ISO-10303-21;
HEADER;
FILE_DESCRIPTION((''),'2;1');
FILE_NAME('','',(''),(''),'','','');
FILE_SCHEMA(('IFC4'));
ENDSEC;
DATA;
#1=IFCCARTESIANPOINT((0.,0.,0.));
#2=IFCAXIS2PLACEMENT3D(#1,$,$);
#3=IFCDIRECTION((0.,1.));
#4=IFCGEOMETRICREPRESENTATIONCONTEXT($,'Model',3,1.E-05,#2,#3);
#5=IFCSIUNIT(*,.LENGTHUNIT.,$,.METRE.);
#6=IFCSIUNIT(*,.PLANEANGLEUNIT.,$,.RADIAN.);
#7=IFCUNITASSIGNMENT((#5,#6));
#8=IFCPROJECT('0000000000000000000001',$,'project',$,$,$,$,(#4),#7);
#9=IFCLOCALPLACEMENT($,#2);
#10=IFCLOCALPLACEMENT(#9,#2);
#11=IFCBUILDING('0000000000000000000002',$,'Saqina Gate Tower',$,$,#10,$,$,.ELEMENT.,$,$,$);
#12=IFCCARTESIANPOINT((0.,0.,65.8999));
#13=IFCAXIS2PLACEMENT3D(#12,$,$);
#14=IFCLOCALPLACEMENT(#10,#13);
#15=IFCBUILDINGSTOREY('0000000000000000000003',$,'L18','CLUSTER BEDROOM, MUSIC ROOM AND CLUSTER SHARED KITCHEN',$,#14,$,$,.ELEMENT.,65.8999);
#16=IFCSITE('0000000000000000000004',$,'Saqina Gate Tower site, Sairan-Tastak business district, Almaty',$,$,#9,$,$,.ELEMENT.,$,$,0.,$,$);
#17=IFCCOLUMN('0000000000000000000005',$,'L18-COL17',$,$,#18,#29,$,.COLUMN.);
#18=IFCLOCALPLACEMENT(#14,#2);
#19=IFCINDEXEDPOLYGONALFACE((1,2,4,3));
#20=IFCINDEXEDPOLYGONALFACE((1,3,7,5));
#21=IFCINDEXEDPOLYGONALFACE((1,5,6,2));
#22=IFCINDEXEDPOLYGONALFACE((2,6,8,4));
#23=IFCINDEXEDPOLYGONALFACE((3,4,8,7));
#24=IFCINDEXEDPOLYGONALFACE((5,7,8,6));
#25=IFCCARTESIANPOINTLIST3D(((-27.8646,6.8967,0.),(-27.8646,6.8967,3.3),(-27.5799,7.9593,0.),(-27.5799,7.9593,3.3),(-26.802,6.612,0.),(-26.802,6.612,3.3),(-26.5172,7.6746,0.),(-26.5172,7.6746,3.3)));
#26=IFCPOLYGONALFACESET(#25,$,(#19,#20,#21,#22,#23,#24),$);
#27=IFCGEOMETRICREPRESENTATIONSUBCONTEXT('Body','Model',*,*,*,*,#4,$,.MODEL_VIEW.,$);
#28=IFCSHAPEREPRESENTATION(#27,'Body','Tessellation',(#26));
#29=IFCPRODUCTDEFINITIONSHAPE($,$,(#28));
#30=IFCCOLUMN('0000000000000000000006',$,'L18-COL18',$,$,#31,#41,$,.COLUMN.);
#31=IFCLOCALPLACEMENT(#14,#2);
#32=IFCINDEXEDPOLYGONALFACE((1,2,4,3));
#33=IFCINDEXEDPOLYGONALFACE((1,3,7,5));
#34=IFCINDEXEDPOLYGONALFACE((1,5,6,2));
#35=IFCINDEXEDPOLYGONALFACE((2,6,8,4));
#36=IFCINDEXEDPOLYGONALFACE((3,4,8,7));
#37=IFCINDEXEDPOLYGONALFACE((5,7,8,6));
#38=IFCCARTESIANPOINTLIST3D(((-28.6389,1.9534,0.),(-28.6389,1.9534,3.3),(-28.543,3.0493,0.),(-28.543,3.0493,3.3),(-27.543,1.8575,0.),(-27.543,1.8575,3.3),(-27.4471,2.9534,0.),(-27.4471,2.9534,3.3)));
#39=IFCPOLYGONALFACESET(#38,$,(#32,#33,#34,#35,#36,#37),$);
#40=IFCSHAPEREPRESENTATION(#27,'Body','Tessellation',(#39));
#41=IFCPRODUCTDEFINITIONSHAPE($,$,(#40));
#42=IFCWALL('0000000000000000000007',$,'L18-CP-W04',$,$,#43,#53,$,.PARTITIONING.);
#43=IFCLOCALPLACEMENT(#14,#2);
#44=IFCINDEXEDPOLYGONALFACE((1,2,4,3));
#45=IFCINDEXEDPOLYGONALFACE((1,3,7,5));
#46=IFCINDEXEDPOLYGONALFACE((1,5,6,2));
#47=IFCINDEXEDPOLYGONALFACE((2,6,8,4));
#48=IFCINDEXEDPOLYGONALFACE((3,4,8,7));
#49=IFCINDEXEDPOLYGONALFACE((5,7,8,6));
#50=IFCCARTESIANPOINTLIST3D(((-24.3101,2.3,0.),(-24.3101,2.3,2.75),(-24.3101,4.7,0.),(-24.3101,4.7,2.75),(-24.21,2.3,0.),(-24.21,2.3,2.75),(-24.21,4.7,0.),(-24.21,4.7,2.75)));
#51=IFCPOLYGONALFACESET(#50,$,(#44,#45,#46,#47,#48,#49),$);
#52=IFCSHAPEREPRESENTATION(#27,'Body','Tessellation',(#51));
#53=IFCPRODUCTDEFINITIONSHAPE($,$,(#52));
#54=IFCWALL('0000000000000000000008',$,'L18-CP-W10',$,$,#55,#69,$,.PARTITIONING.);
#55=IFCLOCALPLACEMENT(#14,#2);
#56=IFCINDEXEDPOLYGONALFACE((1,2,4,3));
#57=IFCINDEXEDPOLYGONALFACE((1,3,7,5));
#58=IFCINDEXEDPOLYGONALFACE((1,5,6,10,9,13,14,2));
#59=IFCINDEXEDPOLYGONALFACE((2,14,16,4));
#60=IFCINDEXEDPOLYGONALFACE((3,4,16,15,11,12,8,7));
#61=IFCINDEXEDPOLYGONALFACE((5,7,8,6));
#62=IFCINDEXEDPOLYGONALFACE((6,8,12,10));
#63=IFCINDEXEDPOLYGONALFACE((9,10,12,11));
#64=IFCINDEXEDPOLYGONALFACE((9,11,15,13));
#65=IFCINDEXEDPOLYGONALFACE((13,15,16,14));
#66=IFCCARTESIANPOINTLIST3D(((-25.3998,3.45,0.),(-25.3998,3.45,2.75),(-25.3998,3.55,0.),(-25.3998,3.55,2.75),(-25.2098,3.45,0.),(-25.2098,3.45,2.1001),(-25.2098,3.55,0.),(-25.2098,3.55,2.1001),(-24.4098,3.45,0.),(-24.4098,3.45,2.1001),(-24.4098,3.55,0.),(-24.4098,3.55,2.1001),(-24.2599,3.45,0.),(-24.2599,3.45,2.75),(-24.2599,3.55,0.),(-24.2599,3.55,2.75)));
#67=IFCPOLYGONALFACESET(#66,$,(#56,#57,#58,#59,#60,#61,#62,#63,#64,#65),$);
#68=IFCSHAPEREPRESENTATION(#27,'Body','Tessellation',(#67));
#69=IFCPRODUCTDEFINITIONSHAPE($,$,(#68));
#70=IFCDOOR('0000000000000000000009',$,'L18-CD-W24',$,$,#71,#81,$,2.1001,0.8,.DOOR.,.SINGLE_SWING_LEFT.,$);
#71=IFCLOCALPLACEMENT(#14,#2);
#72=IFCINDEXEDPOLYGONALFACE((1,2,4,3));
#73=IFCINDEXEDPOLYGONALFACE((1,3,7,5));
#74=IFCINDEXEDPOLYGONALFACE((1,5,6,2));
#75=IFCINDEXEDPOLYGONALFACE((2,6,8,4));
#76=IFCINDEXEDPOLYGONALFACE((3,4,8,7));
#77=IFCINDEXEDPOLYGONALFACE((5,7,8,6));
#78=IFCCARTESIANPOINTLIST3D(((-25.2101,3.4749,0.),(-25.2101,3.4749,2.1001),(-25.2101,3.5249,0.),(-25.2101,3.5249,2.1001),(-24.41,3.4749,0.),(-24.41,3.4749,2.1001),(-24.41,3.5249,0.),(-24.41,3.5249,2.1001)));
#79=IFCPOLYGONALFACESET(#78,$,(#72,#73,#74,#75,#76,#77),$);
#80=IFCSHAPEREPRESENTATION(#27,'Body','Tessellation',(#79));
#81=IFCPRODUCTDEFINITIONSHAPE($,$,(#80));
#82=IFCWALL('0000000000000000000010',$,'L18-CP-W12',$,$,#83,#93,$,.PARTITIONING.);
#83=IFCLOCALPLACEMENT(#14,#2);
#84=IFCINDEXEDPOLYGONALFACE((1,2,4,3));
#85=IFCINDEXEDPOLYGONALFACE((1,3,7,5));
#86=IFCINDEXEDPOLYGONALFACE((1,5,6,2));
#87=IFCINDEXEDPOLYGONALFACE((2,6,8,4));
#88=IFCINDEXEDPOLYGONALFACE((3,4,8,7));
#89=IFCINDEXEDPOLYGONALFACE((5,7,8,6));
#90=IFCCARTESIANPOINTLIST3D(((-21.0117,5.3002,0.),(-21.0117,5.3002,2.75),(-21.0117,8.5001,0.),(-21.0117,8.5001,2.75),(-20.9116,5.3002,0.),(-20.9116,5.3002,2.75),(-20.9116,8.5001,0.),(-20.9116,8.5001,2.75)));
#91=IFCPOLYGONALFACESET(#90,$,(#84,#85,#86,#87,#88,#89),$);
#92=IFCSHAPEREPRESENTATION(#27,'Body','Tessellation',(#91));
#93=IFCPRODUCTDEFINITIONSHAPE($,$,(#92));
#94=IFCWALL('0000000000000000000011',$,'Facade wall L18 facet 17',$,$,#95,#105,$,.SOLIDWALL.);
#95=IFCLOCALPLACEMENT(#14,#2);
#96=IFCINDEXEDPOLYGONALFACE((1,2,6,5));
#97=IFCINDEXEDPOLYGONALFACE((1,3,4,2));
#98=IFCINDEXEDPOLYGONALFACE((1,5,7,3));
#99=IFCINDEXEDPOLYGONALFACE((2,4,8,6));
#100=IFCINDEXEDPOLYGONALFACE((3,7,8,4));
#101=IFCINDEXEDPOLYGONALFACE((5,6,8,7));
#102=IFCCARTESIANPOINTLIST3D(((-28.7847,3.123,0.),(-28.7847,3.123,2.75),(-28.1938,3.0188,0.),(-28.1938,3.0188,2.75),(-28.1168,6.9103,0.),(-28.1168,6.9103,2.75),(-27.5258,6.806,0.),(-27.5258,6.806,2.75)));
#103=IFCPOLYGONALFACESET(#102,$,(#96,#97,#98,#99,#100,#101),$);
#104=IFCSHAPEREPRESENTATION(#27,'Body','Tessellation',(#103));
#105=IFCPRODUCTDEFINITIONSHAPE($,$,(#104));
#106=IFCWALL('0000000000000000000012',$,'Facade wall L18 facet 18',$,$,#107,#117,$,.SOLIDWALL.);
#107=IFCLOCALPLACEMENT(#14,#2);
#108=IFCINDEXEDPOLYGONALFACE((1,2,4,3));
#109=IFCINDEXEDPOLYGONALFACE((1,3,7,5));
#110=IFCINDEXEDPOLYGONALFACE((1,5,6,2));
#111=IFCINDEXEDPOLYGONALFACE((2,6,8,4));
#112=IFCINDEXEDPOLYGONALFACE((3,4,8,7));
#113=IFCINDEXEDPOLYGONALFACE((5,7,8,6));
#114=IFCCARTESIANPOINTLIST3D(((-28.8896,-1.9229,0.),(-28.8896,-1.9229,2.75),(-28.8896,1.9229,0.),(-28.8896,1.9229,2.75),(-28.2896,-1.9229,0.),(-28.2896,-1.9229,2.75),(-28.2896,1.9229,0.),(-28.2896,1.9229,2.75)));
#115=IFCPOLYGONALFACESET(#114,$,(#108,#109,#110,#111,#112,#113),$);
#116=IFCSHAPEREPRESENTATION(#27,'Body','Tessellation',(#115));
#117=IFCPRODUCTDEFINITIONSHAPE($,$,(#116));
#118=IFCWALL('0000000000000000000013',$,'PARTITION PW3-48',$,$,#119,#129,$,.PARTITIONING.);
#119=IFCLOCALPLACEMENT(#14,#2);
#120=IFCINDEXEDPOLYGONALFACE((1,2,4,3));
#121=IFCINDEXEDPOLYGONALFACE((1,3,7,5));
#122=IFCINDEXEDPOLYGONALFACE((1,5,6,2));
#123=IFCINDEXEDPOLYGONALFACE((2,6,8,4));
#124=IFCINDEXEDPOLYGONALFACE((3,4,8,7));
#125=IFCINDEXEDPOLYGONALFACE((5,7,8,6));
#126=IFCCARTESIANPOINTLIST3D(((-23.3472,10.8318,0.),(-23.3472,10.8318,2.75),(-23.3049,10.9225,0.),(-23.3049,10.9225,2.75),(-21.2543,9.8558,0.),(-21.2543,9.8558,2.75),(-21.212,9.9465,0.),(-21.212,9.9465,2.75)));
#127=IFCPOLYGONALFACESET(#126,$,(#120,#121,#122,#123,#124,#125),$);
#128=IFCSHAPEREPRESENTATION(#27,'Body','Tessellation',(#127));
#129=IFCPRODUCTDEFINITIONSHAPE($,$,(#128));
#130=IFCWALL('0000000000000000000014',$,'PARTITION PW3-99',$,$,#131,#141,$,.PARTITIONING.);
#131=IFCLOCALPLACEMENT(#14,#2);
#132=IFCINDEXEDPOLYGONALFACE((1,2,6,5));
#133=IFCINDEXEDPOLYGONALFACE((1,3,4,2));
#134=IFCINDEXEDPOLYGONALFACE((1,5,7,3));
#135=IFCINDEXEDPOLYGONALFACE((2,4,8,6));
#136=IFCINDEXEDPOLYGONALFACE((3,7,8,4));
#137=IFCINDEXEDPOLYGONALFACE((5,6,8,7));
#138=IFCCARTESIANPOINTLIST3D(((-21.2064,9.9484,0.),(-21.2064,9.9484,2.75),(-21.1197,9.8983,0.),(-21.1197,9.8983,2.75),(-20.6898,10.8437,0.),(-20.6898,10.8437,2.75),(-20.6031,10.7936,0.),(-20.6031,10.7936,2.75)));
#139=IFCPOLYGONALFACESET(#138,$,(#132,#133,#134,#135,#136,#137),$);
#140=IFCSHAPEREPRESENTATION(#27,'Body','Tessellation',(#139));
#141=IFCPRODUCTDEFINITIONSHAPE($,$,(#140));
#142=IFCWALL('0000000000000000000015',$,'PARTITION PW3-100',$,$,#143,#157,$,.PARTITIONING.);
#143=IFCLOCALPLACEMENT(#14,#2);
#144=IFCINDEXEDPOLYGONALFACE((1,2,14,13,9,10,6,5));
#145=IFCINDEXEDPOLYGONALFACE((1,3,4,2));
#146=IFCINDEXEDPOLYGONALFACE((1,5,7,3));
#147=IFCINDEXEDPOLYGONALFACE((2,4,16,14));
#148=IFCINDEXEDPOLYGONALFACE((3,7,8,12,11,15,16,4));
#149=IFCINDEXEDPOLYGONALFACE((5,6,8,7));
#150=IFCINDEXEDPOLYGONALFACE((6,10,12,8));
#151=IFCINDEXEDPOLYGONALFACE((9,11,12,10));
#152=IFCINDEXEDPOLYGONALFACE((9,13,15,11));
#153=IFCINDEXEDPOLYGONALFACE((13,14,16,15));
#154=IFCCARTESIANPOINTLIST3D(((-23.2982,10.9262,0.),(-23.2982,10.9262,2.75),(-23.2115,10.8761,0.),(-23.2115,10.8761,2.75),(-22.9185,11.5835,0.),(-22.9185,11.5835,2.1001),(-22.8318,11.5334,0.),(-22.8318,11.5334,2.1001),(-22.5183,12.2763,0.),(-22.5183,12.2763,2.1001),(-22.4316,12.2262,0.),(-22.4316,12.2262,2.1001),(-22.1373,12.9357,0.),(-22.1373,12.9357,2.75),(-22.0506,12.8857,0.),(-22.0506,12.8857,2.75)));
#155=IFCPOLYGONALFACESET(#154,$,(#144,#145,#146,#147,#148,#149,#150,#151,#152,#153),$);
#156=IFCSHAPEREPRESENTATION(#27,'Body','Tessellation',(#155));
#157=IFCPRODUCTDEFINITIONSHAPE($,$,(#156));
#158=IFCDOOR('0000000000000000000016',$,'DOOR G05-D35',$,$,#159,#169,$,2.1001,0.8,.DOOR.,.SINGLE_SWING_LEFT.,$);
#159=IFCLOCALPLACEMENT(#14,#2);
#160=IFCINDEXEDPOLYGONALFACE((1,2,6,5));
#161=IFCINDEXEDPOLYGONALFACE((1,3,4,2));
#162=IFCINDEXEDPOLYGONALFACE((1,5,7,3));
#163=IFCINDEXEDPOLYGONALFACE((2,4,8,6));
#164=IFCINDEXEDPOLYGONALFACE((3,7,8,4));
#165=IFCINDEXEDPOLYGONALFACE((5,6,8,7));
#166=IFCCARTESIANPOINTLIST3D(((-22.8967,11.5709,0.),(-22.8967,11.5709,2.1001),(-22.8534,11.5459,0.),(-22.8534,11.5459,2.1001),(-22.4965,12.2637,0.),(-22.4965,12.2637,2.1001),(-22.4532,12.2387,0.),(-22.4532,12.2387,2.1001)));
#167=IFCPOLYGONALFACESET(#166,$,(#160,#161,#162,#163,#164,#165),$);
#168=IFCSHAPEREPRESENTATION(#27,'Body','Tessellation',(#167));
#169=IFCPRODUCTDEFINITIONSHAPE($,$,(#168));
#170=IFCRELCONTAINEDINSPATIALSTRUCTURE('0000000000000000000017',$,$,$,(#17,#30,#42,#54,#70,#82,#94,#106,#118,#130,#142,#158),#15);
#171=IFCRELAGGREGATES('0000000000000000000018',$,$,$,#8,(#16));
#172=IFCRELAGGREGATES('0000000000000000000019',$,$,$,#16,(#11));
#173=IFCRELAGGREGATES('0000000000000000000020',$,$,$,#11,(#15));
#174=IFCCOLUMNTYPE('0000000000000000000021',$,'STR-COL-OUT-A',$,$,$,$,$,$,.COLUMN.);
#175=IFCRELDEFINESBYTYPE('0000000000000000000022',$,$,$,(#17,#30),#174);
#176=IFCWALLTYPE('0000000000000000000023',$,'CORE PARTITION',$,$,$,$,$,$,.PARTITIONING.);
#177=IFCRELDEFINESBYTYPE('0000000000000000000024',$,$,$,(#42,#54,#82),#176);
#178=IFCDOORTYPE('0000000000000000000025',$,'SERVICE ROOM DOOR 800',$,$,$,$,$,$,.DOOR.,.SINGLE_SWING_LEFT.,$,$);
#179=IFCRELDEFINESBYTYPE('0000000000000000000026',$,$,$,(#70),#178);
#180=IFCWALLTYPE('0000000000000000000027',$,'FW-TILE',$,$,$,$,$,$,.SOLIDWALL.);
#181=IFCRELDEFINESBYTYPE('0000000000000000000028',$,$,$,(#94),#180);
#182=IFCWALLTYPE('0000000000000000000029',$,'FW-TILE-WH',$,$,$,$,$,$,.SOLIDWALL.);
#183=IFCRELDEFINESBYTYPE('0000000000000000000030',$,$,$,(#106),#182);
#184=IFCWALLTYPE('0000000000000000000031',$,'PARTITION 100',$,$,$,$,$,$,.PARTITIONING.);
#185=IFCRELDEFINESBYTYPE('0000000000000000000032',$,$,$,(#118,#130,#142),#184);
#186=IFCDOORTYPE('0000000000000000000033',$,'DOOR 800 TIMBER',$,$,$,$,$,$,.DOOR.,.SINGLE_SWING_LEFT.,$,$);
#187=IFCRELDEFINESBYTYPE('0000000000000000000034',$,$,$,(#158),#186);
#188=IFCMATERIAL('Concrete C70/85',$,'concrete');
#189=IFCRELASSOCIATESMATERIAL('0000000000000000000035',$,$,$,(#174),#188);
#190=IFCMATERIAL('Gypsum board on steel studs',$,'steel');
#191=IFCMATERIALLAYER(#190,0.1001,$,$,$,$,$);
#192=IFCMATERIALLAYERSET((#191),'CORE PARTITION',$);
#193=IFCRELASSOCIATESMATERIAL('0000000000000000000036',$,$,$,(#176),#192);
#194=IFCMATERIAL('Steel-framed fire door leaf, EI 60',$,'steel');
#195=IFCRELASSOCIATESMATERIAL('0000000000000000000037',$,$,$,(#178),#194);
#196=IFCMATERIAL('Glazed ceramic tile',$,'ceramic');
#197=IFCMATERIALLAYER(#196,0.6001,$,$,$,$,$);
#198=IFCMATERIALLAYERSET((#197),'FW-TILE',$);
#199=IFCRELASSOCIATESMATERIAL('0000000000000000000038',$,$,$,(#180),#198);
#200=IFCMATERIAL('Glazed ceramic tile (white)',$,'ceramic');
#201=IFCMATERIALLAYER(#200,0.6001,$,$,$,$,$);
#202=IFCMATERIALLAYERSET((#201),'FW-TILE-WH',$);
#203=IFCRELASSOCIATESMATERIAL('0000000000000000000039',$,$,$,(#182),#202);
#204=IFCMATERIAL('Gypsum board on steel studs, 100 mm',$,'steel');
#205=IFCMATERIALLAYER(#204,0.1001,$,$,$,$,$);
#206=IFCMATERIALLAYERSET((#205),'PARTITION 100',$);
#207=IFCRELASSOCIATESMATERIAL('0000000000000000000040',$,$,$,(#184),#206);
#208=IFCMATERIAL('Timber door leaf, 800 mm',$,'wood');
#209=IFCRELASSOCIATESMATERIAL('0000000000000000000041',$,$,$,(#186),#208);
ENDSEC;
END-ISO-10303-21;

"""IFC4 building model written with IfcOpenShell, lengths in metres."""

from ifc_helpers import new_model, si_unit, direction, frame, frame_2d, origin, origin_2d, place, context, subcontext, project, spatial, rectangle, extrude, material, layer, layer_set, material_profile, profile_set, type_object, element, fill, save


model = new_model("IFC4")

# Units and contexts
model_context = context("Model", 3, precision=1e-05, world=origin(), true_north=direction((0.0, 1.0)))
body_context = subcontext(model_context, "Body", "Model", "MODEL_VIEW")
ifc_project = project(units=[si_unit("LENGTHUNIT", "METRE"), si_unit("PLANEANGLEUNIT", "RADIAN")], contexts=[model_context])

# Site, building, storey
site_placement = place(None, origin())
site = spatial("IfcSite", under=ifc_project, at=site_placement, Name="Saqina Gate Tower site, Sairan-Tastak business district, Almaty", CompositionType="ELEMENT", RefElevation=0.0)
building_placement = place(site_placement, origin())
building = spatial("IfcBuilding", under=site, at=building_placement, Name="Saqina Gate Tower", CompositionType="ELEMENT")
storey_placement = place(building_placement, frame((0.0, 0.0, 65.8999)))
storey = spatial("IfcBuildingStorey", under=building, at=storey_placement, Name="L18", Description="CLUSTER BEDROOM, MUSIC ROOM AND CLUSTER SHARED KITCHEN", CompositionType="ELEMENT", Elevation=65.8999)

# Columns
ifc_material_1 = material(Name="Concrete C70/85", Category="concrete")
ifc_material_profile = material_profile(ifc_material_1, rectangle(XDim=1.1001, YDim=1.1001, at=origin_2d()), Name="RC 1100x1100")
ifc_profile_set = profile_set([ifc_material_profile], Name="Concrete C70/85")
column_type = type_object("IfcColumnType", Name="STR-COL-OUT-A", PredefinedType="COLUMN", material=ifc_profile_set)
for number, where, z_axis, x_axis, name in (
    (1, (-27.1909, 7.2856, 0.0), (0.0, 0.0, 1.0), (-0.965926, 0.258819, 0.0), "L18-COL17"),
    (2, (-28.043, 2.4534, 0.0), (0.0, 0.0, 1.0), (-0.996195, 0.087156, 0.0), "L18-COL18"),
):
    element("IfcColumn", number, at=place(storey_placement, frame(where, z_axis=z_axis, x_axis=x_axis)), inside=storey, type_object=column_type, Name=name, PredefinedType="COLUMN", context=body_context, shape_type="SweptSolid", body=[
        extrude(rectangle(XDim=1.1001, YDim=1.1001, at=origin_2d()), origin(), (0.0, 0.0, 1.0), 3.3),
    ])

# Wall
ifc_material_2 = material(Name="Gypsum board on steel studs", Category="steel")
ifc_layer_1 = layer(ifc_material_2, 0.1001)
ifc_layer_set_1 = layer_set([ifc_layer_1], Name="CORE PARTITION")
wall_type_1 = type_object("IfcWallType", Name="CORE PARTITION", PredefinedType="PARTITIONING", material=ifc_layer_set_1)
wall_1_placement = place(storey_placement, frame((-24.26, 2.3, 0.0), z_axis=(0.0, 0.0, 1.0), x_axis=(0.0, 1.0, 0.0)))
element("IfcWall", 3, at=wall_1_placement, inside=storey, type_object=wall_type_1, Name="L18-CP-W04", PredefinedType="PARTITIONING", context=body_context, shape_type="SweptSolid", body=[
    extrude(rectangle(XDim=2.3999, YDim=0.1001, at=frame_2d((1.2, 0.0))), origin(), (0.0, 0.0, 1.0), 2.75),
])

# Wall, opening, door
wall_2_placement = place(storey_placement, frame((-24.26, 3.5, 0.0), z_axis=(0.0, 0.0, 1.0), x_axis=(-1.0, 0.0, 0.0)))
wall_2 = element("IfcWall", 4, at=wall_2_placement, inside=storey, type_object=wall_type_1, Name="L18-CP-W10", PredefinedType="PARTITIONING", context=body_context, shape_type="SweptSolid", body=[
    extrude(rectangle(XDim=1.1399, YDim=0.1001, at=frame_2d((0.5698, 0.0))), origin(), (0.0, 0.0, 1.0), 2.75),
])
opening_1_placement = place(wall_2_placement, frame((0.1499, 0.0, 0.0)))
opening_1 = element("IfcOpeningElement", 5, at=opening_1_placement, cuts=wall_2, PredefinedType="OPENING", context=body_context, shape_type="SweptSolid", body=[
    extrude(rectangle(XDim=0.8, YDim=2.1001, at=frame_2d((0.3999, 1.05))), frame((0.0, 0.062, 0.0), z_axis=(0.0, -1.0, 0.0), x_axis=(1.0, 0.0, 0.0)), (0.0, 0.0, 1.0), 0.124),
])
ifc_material_3 = material(Name="Steel-framed fire door leaf, EI 60", Category="steel")
door_type_1 = type_object("IfcDoorType", Name="SERVICE ROOM DOOR 800", OperationType="SINGLE_SWING_LEFT", PredefinedType="DOOR", material=ifc_material_3)
door_1_placement = place(opening_1_placement, frame((0.8, 0.0, 0.0), z_axis=(0.0, 0.0, 1.0), x_axis=(-1.0, 0.0, 0.0)))
door_1 = element("IfcDoor", 6, at=door_1_placement, inside=storey, type_object=door_type_1, Name="L18-CD-W24", OperationType="SINGLE_SWING_LEFT", OverallHeight=2.1001, OverallWidth=0.8, PredefinedType="DOOR", context=body_context, shape_type="SweptSolid", body=[
    extrude(rectangle(XDim=0.8, YDim=2.1001, at=frame_2d((0.3999, 1.05))), frame((0.0, 0.0249, 0.0), z_axis=(0.0, -1.0, 0.0), x_axis=(1.0, 0.0, 0.0)), (0.0, 0.0, 1.0), 0.05),
])
fill(opening_1, door_1)

# Walls
wall_3_placement = place(storey_placement, frame((-20.9617, 5.3, 0.0), z_axis=(0.0, 0.0, 1.0), x_axis=(0.0, 1.0, 0.0)))
element("IfcWall", 7, at=wall_3_placement, inside=storey, type_object=wall_type_1, Name="L18-CP-W12", PredefinedType="PARTITIONING", context=body_context, shape_type="SweptSolid", body=[
    extrude(rectangle(XDim=3.2, YDim=0.1001, at=frame_2d((1.6001, 0.0))), origin(), (0.0, 0.0, 1.0), 2.75),
])
ifc_material_4 = material(Name="Glazed ceramic tile", Category="ceramic")
ifc_layer_2 = layer(ifc_material_4, 0.6001)
ifc_layer_set_2 = layer_set([ifc_layer_2], Name="FW-TILE")
wall_type_2 = type_object("IfcWallType", Name="FW-TILE", PredefinedType="SOLIDWALL", material=ifc_layer_set_2)
wall_4_placement = place(storey_placement, frame((-27.8213, 6.8582, 0.0), z_axis=(0.0, 0.0, 1.0), x_axis=(-0.173688, -0.984801, 0.0)))
element("IfcWall", 8, at=wall_4_placement, inside=storey, type_object=wall_type_2, Name="Facade wall L18 facet 17", PredefinedType="SOLIDWALL", context=body_context, shape_type="SweptSolid", body=[
    extrude(rectangle(XDim=3.8457, YDim=0.6001, at=frame_2d((1.9229, 0.0))), origin(), (0.0, 0.0, 1.0), 2.75),
])
ifc_material_5 = material(Name="Glazed ceramic tile (white)", Category="ceramic")
ifc_layer_3 = layer(ifc_material_5, 0.6001)
ifc_layer_set_3 = layer_set([ifc_layer_3], Name="FW-TILE-WH")
wall_type_3 = type_object("IfcWallType", Name="FW-TILE-WH", PredefinedType="SOLIDWALL", material=ifc_layer_set_3)
wall_5_placement = place(storey_placement, frame((-28.5896, 1.9229, 0.0), z_axis=(0.0, 0.0, 1.0), x_axis=(0.0, -1.0, 0.0)))
element("IfcWall", 9, at=wall_5_placement, inside=storey, type_object=wall_type_3, Name="Facade wall L18 facet 18", PredefinedType="SOLIDWALL", context=body_context, shape_type="SweptSolid", body=[
    extrude(rectangle(XDim=3.8457, YDim=0.6001, at=frame_2d((1.9229, 0.0))), origin(), (0.0, 0.0, 1.0), 2.75),
])
ifc_material_6 = material(Name="Gypsum board on steel studs, 100 mm", Category="steel")
ifc_layer_4 = layer(ifc_material_6, 0.1001)
ifc_layer_set_4 = layer_set([ifc_layer_4], Name="PARTITION 100")
wall_type_4 = type_object("IfcWallType", Name="PARTITION 100", PredefinedType="PARTITIONING", material=ifc_layer_set_4)
wall_6_placement = place(storey_placement, frame((-23.3262, 10.8772, 0.0), z_axis=(0.0, 0.0, 1.0), x_axis=(0.906294, -0.422648, 0.0)))
element("IfcWall", 10, at=wall_6_placement, inside=storey, type_object=wall_type_4, Name="PARTITION PW3-48", PredefinedType="PARTITIONING", context=body_context, shape_type="SweptSolid", body=[
    extrude(rectangle(XDim=2.3093, YDim=0.1001, at=frame_2d((1.1548, 0.0))), origin(), (0.0, 0.0, 1.0), 2.75),
])
wall_7_placement = place(storey_placement, frame((-21.1631, 9.9233, 0.0), z_axis=(0.0, 0.0, 1.0), x_axis=(0.499797, 0.866142, 0.0)))
element("IfcWall", 11, at=wall_7_placement, inside=storey, type_object=wall_type_4, Name="PARTITION PW3-99", PredefinedType="PARTITIONING", context=body_context, shape_type="SweptSolid", body=[
    extrude(rectangle(XDim=1.0337, YDim=0.1001, at=frame_2d((0.5168, 0.0))), origin(), (0.0, 0.0, 1.0), 2.75),
])

# Wall, opening, door
wall_8_placement = place(storey_placement, frame((-23.2549, 10.9011, 0.0), z_axis=(0.0, 0.0, 1.0), x_axis=(0.500223, 0.865896, 0.0)))
wall_8 = element("IfcWall", 12, at=wall_8_placement, inside=storey, type_object=wall_type_4, Name="PARTITION PW3-100", PredefinedType="PARTITIONING", context=body_context, shape_type="SweptSolid", body=[
    extrude(rectangle(XDim=2.3208, YDim=0.1001, at=frame_2d((1.1604, 0.0))), origin(), (0.0, 0.0, 1.0), 2.75),
])
opening_2_placement = place(wall_8_placement, frame((0.7593, 0.0, 0.0)))
opening_2 = element("IfcOpeningElement", 13, at=opening_2_placement, cuts=wall_8, PredefinedType="OPENING", context=body_context, shape_type="SweptSolid", body=[
    extrude(rectangle(XDim=0.8, YDim=2.1001, at=frame_2d((0.3999, 1.05))), frame((0.0, 0.062, 0.0), z_axis=(0.0, -1.0, 0.0), x_axis=(1.0, 0.0, 0.0)), (0.0, 0.0, 1.0), 0.124),
])
ifc_material_7 = material(Name="Timber door leaf, 800 mm", Category="wood")
door_type_2 = type_object("IfcDoorType", Name="DOOR 800 TIMBER", OperationType="SINGLE_SWING_LEFT", PredefinedType="DOOR", material=ifc_material_7)
door_2_placement = place(opening_2_placement, origin())
door_2 = element("IfcDoor", 14, at=door_2_placement, inside=storey, type_object=door_type_2, Name="DOOR G05-D35", OperationType="SINGLE_SWING_LEFT", OverallHeight=2.1001, OverallWidth=0.8, PredefinedType="DOOR", context=body_context, shape_type="SweptSolid", body=[
    extrude(rectangle(XDim=0.8, YDim=2.1001, at=frame_2d((0.3999, 1.05))), frame((0.0, 0.0249, 0.0), z_axis=(0.0, -1.0, 0.0), x_axis=(1.0, 0.0, 0.0)), (0.0, 0.0, 1.0), 0.05),
])
fill(opening_2, door_2)

save(model, "model.ifc")
